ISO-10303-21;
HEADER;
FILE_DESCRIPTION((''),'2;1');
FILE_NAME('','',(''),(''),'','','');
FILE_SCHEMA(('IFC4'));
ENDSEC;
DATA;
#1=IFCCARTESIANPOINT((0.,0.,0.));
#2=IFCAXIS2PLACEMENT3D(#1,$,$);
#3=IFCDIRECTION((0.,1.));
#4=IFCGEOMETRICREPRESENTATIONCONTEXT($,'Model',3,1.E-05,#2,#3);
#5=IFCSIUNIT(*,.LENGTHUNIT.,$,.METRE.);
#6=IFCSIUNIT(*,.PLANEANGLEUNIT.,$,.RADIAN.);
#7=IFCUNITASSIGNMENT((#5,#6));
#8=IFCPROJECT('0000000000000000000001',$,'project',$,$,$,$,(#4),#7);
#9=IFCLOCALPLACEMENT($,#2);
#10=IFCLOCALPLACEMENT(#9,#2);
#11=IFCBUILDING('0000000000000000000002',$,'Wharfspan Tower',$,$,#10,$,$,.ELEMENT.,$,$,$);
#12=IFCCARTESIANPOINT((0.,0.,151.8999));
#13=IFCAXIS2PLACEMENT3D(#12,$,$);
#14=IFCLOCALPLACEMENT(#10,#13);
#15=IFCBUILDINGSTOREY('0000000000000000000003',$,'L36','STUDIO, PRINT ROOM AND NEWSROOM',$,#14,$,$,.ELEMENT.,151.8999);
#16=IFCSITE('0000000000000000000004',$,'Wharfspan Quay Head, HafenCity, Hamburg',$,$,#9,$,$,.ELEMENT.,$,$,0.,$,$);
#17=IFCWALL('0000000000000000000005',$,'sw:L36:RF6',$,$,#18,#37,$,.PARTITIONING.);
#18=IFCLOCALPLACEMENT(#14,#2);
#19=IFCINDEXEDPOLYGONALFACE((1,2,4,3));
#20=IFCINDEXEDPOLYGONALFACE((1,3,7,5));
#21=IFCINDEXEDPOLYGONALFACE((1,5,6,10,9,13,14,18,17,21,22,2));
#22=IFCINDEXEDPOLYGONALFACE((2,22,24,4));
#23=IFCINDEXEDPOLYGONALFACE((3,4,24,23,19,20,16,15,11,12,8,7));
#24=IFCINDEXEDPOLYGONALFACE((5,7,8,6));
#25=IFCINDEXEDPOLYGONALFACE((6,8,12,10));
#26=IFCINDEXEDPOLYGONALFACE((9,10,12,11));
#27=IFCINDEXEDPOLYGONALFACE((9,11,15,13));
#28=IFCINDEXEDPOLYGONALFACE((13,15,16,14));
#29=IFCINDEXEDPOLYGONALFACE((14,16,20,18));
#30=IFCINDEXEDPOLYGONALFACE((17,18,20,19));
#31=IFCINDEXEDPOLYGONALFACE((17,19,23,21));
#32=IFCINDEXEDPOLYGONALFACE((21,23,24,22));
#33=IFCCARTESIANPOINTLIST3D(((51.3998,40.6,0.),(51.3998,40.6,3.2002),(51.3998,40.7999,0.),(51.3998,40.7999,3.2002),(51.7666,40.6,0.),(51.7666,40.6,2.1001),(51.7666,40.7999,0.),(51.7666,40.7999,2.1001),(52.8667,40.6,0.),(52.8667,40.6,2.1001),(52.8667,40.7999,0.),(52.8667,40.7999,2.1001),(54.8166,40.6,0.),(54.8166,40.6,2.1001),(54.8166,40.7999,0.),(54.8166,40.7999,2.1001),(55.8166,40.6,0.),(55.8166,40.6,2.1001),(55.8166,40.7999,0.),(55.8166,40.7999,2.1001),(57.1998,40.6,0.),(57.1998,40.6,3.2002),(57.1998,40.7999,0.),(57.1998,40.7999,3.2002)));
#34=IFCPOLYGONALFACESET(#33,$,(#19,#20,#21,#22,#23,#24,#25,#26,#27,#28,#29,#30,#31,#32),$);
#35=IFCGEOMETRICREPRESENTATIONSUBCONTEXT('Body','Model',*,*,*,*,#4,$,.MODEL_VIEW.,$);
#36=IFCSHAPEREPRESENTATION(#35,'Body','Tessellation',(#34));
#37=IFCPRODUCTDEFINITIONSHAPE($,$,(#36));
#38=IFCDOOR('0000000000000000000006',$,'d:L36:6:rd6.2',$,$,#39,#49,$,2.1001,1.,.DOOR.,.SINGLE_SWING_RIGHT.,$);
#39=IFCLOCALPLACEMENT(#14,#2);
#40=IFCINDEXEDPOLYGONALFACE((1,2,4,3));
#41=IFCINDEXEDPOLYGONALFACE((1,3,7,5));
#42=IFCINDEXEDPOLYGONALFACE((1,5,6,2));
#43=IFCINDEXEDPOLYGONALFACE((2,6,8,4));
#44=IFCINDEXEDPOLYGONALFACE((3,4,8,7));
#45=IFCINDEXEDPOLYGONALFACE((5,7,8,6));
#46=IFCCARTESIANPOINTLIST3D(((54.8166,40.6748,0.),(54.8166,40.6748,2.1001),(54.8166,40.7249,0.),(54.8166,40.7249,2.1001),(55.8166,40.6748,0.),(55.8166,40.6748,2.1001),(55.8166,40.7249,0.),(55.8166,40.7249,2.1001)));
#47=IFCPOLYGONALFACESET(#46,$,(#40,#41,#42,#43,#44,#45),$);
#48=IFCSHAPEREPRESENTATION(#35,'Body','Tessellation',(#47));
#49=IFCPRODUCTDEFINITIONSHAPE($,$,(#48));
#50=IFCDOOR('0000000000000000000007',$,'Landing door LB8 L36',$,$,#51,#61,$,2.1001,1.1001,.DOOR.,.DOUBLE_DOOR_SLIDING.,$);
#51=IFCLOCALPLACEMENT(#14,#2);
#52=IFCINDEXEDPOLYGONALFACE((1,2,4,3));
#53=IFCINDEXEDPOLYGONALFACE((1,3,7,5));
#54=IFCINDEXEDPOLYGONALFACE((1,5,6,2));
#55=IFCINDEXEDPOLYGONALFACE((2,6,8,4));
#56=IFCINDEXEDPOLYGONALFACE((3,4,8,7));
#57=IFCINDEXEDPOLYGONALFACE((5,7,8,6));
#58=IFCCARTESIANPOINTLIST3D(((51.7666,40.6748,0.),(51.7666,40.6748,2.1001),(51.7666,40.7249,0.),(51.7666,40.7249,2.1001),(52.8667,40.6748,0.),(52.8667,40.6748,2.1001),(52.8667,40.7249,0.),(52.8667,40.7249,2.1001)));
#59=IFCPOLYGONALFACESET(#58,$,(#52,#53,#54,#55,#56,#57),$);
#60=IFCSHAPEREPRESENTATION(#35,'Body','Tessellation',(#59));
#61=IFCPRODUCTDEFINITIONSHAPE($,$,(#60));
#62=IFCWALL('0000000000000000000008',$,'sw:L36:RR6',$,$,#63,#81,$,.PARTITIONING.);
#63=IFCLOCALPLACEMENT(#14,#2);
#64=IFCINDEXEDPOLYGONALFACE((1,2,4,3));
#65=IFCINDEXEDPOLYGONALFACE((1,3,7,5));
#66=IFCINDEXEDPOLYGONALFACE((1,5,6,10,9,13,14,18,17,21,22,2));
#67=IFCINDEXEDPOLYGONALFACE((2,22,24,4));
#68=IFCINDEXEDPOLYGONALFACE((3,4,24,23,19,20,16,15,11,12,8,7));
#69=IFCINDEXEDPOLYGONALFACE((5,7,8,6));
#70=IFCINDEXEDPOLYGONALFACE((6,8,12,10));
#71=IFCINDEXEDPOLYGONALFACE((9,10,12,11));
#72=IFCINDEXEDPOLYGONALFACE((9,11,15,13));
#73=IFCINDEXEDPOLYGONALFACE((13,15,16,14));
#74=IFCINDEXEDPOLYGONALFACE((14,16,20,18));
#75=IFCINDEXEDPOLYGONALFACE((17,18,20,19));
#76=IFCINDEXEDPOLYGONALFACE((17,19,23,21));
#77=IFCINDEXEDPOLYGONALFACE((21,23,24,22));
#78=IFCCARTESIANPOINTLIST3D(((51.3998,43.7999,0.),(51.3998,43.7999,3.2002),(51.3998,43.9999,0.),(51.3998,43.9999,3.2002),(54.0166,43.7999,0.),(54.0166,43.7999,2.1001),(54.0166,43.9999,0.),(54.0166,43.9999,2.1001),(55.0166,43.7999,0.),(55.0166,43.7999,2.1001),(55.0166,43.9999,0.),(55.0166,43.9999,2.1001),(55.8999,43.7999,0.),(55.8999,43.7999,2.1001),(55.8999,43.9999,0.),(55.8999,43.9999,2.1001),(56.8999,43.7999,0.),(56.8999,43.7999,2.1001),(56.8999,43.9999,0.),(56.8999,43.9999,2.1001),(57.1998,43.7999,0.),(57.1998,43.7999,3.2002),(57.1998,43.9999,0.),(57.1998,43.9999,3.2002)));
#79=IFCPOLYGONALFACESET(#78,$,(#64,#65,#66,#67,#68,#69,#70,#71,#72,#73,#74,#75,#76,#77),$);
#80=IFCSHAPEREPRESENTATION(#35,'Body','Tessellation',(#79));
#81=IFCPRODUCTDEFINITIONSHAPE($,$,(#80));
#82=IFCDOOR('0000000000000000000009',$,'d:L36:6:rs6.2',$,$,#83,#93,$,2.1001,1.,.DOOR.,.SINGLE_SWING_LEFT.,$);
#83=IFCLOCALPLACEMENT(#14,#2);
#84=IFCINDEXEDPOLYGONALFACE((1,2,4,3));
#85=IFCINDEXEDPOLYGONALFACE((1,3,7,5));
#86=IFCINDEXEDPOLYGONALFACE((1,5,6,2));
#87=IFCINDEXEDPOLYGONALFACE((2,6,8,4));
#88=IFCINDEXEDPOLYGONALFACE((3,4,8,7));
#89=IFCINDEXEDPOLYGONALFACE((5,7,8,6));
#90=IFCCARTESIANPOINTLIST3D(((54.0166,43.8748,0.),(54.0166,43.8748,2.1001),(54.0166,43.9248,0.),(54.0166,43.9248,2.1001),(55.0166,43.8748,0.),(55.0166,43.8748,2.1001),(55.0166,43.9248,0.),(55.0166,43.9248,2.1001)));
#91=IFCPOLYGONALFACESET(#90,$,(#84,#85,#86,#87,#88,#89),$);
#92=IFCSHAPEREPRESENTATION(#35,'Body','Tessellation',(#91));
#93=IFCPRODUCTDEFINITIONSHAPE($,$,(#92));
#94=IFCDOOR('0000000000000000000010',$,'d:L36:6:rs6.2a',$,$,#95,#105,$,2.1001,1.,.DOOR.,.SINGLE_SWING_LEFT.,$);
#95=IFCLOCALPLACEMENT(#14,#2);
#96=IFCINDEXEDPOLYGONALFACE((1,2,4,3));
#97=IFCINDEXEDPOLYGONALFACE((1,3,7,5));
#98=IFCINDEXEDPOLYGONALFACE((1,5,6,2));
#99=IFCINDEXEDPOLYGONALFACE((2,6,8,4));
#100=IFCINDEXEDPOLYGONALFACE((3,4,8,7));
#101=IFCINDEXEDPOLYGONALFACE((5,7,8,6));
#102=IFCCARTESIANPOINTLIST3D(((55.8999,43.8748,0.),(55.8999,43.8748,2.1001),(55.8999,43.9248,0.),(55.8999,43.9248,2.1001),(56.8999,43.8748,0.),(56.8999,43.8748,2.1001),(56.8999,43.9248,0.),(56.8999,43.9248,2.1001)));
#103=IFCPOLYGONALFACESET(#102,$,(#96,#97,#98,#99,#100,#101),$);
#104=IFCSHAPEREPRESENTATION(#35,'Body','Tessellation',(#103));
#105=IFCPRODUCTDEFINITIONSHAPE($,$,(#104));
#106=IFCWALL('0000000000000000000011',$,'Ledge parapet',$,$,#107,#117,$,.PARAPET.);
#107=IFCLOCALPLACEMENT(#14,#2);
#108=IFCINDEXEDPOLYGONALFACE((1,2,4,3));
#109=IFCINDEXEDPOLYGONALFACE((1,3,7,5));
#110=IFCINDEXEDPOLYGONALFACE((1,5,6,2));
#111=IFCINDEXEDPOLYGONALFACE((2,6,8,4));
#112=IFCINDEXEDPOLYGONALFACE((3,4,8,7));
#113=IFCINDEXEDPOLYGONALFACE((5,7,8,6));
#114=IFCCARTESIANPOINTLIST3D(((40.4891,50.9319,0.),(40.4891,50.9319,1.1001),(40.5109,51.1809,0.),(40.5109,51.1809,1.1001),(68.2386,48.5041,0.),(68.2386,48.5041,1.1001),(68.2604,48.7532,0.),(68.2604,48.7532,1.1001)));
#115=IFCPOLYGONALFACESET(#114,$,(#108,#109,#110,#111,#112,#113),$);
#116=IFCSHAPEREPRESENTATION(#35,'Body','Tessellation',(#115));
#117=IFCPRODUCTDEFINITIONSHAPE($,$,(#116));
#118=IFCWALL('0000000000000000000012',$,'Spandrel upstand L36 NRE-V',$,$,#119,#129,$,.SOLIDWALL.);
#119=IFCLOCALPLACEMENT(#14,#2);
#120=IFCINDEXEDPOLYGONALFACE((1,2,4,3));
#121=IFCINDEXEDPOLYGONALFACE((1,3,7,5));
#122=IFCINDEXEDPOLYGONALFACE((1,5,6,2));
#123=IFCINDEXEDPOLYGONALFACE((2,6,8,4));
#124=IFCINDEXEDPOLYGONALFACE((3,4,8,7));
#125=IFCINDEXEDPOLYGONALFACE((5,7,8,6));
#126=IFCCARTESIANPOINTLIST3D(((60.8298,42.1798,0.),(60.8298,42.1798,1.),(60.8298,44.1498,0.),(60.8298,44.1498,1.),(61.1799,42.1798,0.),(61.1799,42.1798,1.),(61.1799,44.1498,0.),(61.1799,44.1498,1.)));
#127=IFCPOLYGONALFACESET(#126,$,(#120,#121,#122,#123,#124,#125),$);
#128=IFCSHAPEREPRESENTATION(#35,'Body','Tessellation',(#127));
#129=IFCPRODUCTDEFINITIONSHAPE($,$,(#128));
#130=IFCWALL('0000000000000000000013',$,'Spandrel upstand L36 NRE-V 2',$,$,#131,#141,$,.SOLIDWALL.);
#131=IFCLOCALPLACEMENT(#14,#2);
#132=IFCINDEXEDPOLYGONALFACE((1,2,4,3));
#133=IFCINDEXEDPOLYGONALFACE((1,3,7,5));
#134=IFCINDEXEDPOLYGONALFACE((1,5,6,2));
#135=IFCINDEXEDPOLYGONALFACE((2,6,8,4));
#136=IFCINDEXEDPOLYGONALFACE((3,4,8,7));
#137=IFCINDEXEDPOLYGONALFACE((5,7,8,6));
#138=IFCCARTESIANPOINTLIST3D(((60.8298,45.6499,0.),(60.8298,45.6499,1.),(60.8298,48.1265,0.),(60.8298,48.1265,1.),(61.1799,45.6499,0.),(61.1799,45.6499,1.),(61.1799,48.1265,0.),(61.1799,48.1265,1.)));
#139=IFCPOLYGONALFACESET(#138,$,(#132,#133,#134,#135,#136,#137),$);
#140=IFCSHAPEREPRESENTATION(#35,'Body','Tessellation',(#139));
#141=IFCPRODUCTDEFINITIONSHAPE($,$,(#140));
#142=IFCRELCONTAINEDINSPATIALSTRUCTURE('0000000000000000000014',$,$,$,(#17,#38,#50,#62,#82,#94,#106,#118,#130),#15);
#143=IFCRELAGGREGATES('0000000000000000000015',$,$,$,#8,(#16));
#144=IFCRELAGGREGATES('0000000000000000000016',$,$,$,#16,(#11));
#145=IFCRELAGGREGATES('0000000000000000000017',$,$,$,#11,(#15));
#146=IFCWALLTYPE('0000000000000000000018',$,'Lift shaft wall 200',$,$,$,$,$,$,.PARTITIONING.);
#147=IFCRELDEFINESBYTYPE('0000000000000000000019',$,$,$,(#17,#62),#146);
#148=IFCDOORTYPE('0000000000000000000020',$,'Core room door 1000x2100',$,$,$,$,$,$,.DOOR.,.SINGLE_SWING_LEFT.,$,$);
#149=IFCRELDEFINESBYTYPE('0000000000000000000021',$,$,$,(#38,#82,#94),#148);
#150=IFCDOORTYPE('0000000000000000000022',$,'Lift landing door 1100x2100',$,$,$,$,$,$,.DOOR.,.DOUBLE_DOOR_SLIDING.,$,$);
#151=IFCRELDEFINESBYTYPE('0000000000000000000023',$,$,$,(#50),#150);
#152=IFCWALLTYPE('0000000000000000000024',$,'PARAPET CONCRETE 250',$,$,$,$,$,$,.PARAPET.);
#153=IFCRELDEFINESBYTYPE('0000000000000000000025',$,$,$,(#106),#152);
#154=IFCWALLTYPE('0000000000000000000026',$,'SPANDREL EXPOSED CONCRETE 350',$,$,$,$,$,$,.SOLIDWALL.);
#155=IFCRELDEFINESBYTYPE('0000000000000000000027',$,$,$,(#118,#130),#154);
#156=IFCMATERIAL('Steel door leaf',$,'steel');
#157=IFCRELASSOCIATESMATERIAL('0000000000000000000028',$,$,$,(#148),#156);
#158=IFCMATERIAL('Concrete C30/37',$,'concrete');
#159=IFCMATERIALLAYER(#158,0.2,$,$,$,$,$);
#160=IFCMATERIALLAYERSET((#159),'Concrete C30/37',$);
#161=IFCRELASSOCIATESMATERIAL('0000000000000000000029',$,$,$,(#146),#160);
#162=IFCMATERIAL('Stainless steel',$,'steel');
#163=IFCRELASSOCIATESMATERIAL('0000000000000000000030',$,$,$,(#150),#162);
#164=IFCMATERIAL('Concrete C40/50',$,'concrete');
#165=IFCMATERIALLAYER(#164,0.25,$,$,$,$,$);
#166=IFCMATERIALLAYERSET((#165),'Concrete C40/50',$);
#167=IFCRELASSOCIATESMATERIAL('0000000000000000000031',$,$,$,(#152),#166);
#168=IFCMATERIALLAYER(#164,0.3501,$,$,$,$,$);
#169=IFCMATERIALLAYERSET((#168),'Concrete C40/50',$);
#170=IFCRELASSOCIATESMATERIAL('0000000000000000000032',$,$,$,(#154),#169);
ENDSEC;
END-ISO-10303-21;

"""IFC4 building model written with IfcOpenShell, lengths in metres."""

from ifc_helpers import new_model, si_unit, direction, frame, frame_2d, origin, place, context, subcontext, project, spatial, rectangle, extrude, material, layer, layer_set, type_object, element, fill, save


model = new_model("IFC4")

# Units and contexts
model_context = context("Model", 3, precision=1e-05, world=origin(), true_north=direction((0.0, 1.0)))
body_context = subcontext(model_context, "Body", "Model", "MODEL_VIEW")
ifc_project = project(units=[si_unit("LENGTHUNIT", "METRE"), si_unit("PLANEANGLEUNIT", "RADIAN")], contexts=[model_context])

# Site, building, storey
site_placement = place(None, origin())
site = spatial("IfcSite", under=ifc_project, at=site_placement, Name="Wharfspan Quay Head, HafenCity, Hamburg", CompositionType="ELEMENT", RefElevation=0.0)
building_placement = place(site_placement, origin())
building = spatial("IfcBuilding", under=site, at=building_placement, Name="Wharfspan Tower", CompositionType="ELEMENT")
storey_placement = place(building_placement, frame((0.0, 0.0, 151.8999)))
storey = spatial("IfcBuildingStorey", under=building, at=storey_placement, Name="L36", Description="STUDIO, PRINT ROOM AND NEWSROOM", CompositionType="ELEMENT", Elevation=151.8999)

# Shared definitions
ifc_material_1 = material(Name="Steel door leaf", Category="steel")
door_type_1 = type_object("IfcDoorType", Name="Core room door 1000x2100", OperationType="SINGLE_SWING_LEFT", PredefinedType="DOOR", material=ifc_material_1)

# Walls, openings, doors
ifc_material_2 = material(Name="Concrete C30/37", Category="concrete")
ifc_layer_1 = layer(ifc_material_2, 0.2)
ifc_layer_set_1 = layer_set([ifc_layer_1], Name="Concrete C30/37")
wall_type_1 = type_object("IfcWallType", Name="Lift shaft wall 200", PredefinedType="PARTITIONING", material=ifc_layer_set_1)
wall_1_placement = place(storey_placement, frame((51.3999, 40.7, 0.0), z_axis=(0.0, 0.0, 1.0), x_axis=(1.0, 0.0, 0.0)))
wall_1 = element("IfcWall", 1, at=wall_1_placement, inside=storey, type_object=wall_type_1, Name="sw:L36:RF6", PredefinedType="PARTITIONING", context=body_context, shape_type="SweptSolid", body=[
    extrude(rectangle(XDim=5.8, YDim=0.2, at=frame_2d((2.8999, 0.0))), origin(), (0.0, 0.0, 1.0), 3.2002),
])
opening_1_placement = place(wall_1_placement, frame((0.3667, 0.0, 0.0)))
opening_1 = element("IfcOpeningElement", 2, at=opening_1_placement, cuts=wall_1, PredefinedType="OPENING", context=body_context, shape_type="SweptSolid", body=[
    extrude(rectangle(XDim=1.1001, YDim=2.1001, at=frame_2d((0.55, 1.05))), frame((0.0, 0.1099, 0.0), z_axis=(0.0, -1.0, 0.0), x_axis=(1.0, 0.0, 0.0)), (0.0, 0.0, 1.0), 0.22),
])
opening_2_placement = place(wall_1_placement, frame((3.4167, 0.0, 0.0)))
opening_2 = element("IfcOpeningElement", 3, at=opening_2_placement, cuts=wall_1, PredefinedType="OPENING", context=body_context, shape_type="SweptSolid", body=[
    extrude(rectangle(XDim=1.0, YDim=2.1001, at=frame_2d((0.5, 1.05))), frame((0.0, 0.1099, 0.0), z_axis=(0.0, -1.0, 0.0), x_axis=(1.0, 0.0, 0.0)), (0.0, 0.0, 1.0), 0.22),
])
door_1_placement = place(opening_2_placement, origin())
door_1 = element("IfcDoor", 4, at=door_1_placement, inside=storey, type_object=door_type_1, Name="d:L36:6:rd6.2", OperationType="SINGLE_SWING_RIGHT", OverallHeight=2.1001, OverallWidth=1.0, PredefinedType="DOOR", context=body_context, shape_type="SweptSolid", body=[
    extrude(rectangle(XDim=1.0, YDim=2.1001, at=frame_2d((0.5, 1.05))), frame((0.0, 0.0249, 0.0), z_axis=(0.0, -1.0, 0.0), x_axis=(1.0, 0.0, 0.0)), (0.0, 0.0, 1.0), 0.05),
])
fill(opening_2, door_1)
ifc_material_3 = material(Name="Stainless steel", Category="steel")
door_type_2 = type_object("IfcDoorType", Name="Lift landing door 1100x2100", OperationType="DOUBLE_DOOR_SLIDING", PredefinedType="DOOR", material=ifc_material_3)
door_2_placement = place(opening_1_placement, origin())
door_2 = element("IfcDoor", 5, at=door_2_placement, inside=storey, type_object=door_type_2, Name="Landing door LB8 L36", OperationType="DOUBLE_DOOR_SLIDING", OverallHeight=2.1001, OverallWidth=1.1001, PredefinedType="DOOR", context=body_context, shape_type="SweptSolid", body=[
    extrude(rectangle(XDim=1.1001, YDim=2.1001, at=frame_2d((0.55, 1.05))), frame((0.0, 0.0249, 0.0), z_axis=(0.0, -1.0, 0.0), x_axis=(1.0, 0.0, 0.0)), (0.0, 0.0, 1.0), 0.05),
])
fill(opening_1, door_2)
wall_2_placement = place(storey_placement, frame((51.3999, 43.8999, 0.0), z_axis=(0.0, 0.0, 1.0), x_axis=(1.0, 0.0, 0.0)))
wall_2 = element("IfcWall", 6, at=wall_2_placement, inside=storey, type_object=wall_type_1, Name="sw:L36:RR6", PredefinedType="PARTITIONING", context=body_context, shape_type="SweptSolid", body=[
    extrude(rectangle(XDim=5.8, YDim=0.2, at=frame_2d((2.8999, 0.0))), origin(), (0.0, 0.0, 1.0), 3.2002),
])
opening_3_placement = place(wall_2_placement, frame((2.6167, 0.0, 0.0)))
opening_3 = element("IfcOpeningElement", 7, at=opening_3_placement, cuts=wall_2, PredefinedType="OPENING", context=body_context, shape_type="SweptSolid", body=[
    extrude(rectangle(XDim=1.0, YDim=2.1001, at=frame_2d((0.5, 1.05))), frame((0.0, 0.1099, 0.0), z_axis=(0.0, -1.0, 0.0), x_axis=(1.0, 0.0, 0.0)), (0.0, 0.0, 1.0), 0.22),
])
opening_4_placement = place(wall_2_placement, frame((4.5, 0.0, 0.0)))
opening_4 = element("IfcOpeningElement", 8, at=opening_4_placement, cuts=wall_2, PredefinedType="OPENING", context=body_context, shape_type="SweptSolid", body=[
    extrude(rectangle(XDim=1.0, YDim=2.1001, at=frame_2d((0.5, 1.05))), frame((0.0, 0.1099, 0.0), z_axis=(0.0, -1.0, 0.0), x_axis=(1.0, 0.0, 0.0)), (0.0, 0.0, 1.0), 0.22),
])
door_3_placement = place(opening_3_placement, origin())
door_3 = element("IfcDoor", 9, at=door_3_placement, inside=storey, type_object=door_type_1, Name="d:L36:6:rs6.2", OperationType="SINGLE_SWING_LEFT", OverallHeight=2.1001, OverallWidth=1.0, PredefinedType="DOOR", context=body_context, shape_type="SweptSolid", body=[
    extrude(rectangle(XDim=1.0, YDim=2.1001, at=frame_2d((0.5, 1.05))), frame((0.0, 0.0249, 0.0), z_axis=(0.0, -1.0, 0.0), x_axis=(1.0, 0.0, 0.0)), (0.0, 0.0, 1.0), 0.05),
])
fill(opening_3, door_3)
door_4_placement = place(opening_4_placement, origin())
door_4 = element("IfcDoor", 10, at=door_4_placement, inside=storey, type_object=door_type_1, Name="d:L36:6:rs6.2a", OperationType="SINGLE_SWING_LEFT", OverallHeight=2.1001, OverallWidth=1.0, PredefinedType="DOOR", context=body_context, shape_type="SweptSolid", body=[
    extrude(rectangle(XDim=1.0, YDim=2.1001, at=frame_2d((0.5, 1.05))), frame((0.0, 0.0249, 0.0), z_axis=(0.0, -1.0, 0.0), x_axis=(1.0, 0.0, 0.0)), (0.0, 0.0, 1.0), 0.05),
])
fill(opening_4, door_4)

# Walls
ifc_material_4 = material(Name="Concrete C40/50", Category="concrete")
ifc_layer_2 = layer(ifc_material_4, 0.25)
ifc_layer_set_2 = layer_set([ifc_layer_2], Name="Concrete C40/50")
wall_type_2 = type_object("IfcWallType", Name="PARAPET CONCRETE 250", PredefinedType="PARAPET", material=ifc_layer_set_2)
wall_3_placement = place(storey_placement, frame((40.5, 51.0564, 0.0), z_axis=(0.0, 0.0, 1.0), x_axis=(0.996199, -0.087155, 0.0)))
element("IfcWall", 11, at=wall_3_placement, inside=storey, type_object=wall_type_2, Name="Ledge parapet", PredefinedType="PARAPET", context=body_context, shape_type="SweptSolid", body=[
    extrude(rectangle(XDim=27.8555, YDim=0.25, at=frame_2d((13.9277, 0.0))), origin(), (0.0, 0.0, 1.0), 1.1001),
])
ifc_layer_3 = layer(ifc_material_4, 0.3501)
ifc_layer_set_3 = layer_set([ifc_layer_3], Name="Concrete C40/50")
wall_type_3 = type_object("IfcWallType", Name="SPANDREL EXPOSED CONCRETE 350", PredefinedType="SOLIDWALL", material=ifc_layer_set_3)
wall_4_placement = place(storey_placement, frame((61.0049, 42.1799, 0.0), z_axis=(0.0, 0.0, 1.0), x_axis=(0.0, 1.0, 0.0)))
element("IfcWall", 12, at=wall_4_placement, inside=storey, type_object=wall_type_3, Name="Spandrel upstand L36 NRE-V", PredefinedType="SOLIDWALL", context=body_context, shape_type="SweptSolid", body=[
    extrude(rectangle(XDim=1.97, YDim=0.3501, at=frame_2d((0.9849, 0.0))), origin(), (0.0, 0.0, 1.0), 1.0),
])
wall_5_placement = place(storey_placement, frame((61.0049, 45.6499, 0.0), z_axis=(0.0, 0.0, 1.0), x_axis=(0.0, 1.0, 0.0)))
element("IfcWall", 13, at=wall_5_placement, inside=storey, type_object=wall_type_3, Name="Spandrel upstand L36 NRE-V 2", PredefinedType="SOLIDWALL", context=body_context, shape_type="SweptSolid", body=[
    extrude(rectangle(XDim=2.4766, YDim=0.3501, at=frame_2d((1.2383, 0.0))), origin(), (0.0, 0.0, 1.0), 1.0),
])

save(model, "model.ifc")
